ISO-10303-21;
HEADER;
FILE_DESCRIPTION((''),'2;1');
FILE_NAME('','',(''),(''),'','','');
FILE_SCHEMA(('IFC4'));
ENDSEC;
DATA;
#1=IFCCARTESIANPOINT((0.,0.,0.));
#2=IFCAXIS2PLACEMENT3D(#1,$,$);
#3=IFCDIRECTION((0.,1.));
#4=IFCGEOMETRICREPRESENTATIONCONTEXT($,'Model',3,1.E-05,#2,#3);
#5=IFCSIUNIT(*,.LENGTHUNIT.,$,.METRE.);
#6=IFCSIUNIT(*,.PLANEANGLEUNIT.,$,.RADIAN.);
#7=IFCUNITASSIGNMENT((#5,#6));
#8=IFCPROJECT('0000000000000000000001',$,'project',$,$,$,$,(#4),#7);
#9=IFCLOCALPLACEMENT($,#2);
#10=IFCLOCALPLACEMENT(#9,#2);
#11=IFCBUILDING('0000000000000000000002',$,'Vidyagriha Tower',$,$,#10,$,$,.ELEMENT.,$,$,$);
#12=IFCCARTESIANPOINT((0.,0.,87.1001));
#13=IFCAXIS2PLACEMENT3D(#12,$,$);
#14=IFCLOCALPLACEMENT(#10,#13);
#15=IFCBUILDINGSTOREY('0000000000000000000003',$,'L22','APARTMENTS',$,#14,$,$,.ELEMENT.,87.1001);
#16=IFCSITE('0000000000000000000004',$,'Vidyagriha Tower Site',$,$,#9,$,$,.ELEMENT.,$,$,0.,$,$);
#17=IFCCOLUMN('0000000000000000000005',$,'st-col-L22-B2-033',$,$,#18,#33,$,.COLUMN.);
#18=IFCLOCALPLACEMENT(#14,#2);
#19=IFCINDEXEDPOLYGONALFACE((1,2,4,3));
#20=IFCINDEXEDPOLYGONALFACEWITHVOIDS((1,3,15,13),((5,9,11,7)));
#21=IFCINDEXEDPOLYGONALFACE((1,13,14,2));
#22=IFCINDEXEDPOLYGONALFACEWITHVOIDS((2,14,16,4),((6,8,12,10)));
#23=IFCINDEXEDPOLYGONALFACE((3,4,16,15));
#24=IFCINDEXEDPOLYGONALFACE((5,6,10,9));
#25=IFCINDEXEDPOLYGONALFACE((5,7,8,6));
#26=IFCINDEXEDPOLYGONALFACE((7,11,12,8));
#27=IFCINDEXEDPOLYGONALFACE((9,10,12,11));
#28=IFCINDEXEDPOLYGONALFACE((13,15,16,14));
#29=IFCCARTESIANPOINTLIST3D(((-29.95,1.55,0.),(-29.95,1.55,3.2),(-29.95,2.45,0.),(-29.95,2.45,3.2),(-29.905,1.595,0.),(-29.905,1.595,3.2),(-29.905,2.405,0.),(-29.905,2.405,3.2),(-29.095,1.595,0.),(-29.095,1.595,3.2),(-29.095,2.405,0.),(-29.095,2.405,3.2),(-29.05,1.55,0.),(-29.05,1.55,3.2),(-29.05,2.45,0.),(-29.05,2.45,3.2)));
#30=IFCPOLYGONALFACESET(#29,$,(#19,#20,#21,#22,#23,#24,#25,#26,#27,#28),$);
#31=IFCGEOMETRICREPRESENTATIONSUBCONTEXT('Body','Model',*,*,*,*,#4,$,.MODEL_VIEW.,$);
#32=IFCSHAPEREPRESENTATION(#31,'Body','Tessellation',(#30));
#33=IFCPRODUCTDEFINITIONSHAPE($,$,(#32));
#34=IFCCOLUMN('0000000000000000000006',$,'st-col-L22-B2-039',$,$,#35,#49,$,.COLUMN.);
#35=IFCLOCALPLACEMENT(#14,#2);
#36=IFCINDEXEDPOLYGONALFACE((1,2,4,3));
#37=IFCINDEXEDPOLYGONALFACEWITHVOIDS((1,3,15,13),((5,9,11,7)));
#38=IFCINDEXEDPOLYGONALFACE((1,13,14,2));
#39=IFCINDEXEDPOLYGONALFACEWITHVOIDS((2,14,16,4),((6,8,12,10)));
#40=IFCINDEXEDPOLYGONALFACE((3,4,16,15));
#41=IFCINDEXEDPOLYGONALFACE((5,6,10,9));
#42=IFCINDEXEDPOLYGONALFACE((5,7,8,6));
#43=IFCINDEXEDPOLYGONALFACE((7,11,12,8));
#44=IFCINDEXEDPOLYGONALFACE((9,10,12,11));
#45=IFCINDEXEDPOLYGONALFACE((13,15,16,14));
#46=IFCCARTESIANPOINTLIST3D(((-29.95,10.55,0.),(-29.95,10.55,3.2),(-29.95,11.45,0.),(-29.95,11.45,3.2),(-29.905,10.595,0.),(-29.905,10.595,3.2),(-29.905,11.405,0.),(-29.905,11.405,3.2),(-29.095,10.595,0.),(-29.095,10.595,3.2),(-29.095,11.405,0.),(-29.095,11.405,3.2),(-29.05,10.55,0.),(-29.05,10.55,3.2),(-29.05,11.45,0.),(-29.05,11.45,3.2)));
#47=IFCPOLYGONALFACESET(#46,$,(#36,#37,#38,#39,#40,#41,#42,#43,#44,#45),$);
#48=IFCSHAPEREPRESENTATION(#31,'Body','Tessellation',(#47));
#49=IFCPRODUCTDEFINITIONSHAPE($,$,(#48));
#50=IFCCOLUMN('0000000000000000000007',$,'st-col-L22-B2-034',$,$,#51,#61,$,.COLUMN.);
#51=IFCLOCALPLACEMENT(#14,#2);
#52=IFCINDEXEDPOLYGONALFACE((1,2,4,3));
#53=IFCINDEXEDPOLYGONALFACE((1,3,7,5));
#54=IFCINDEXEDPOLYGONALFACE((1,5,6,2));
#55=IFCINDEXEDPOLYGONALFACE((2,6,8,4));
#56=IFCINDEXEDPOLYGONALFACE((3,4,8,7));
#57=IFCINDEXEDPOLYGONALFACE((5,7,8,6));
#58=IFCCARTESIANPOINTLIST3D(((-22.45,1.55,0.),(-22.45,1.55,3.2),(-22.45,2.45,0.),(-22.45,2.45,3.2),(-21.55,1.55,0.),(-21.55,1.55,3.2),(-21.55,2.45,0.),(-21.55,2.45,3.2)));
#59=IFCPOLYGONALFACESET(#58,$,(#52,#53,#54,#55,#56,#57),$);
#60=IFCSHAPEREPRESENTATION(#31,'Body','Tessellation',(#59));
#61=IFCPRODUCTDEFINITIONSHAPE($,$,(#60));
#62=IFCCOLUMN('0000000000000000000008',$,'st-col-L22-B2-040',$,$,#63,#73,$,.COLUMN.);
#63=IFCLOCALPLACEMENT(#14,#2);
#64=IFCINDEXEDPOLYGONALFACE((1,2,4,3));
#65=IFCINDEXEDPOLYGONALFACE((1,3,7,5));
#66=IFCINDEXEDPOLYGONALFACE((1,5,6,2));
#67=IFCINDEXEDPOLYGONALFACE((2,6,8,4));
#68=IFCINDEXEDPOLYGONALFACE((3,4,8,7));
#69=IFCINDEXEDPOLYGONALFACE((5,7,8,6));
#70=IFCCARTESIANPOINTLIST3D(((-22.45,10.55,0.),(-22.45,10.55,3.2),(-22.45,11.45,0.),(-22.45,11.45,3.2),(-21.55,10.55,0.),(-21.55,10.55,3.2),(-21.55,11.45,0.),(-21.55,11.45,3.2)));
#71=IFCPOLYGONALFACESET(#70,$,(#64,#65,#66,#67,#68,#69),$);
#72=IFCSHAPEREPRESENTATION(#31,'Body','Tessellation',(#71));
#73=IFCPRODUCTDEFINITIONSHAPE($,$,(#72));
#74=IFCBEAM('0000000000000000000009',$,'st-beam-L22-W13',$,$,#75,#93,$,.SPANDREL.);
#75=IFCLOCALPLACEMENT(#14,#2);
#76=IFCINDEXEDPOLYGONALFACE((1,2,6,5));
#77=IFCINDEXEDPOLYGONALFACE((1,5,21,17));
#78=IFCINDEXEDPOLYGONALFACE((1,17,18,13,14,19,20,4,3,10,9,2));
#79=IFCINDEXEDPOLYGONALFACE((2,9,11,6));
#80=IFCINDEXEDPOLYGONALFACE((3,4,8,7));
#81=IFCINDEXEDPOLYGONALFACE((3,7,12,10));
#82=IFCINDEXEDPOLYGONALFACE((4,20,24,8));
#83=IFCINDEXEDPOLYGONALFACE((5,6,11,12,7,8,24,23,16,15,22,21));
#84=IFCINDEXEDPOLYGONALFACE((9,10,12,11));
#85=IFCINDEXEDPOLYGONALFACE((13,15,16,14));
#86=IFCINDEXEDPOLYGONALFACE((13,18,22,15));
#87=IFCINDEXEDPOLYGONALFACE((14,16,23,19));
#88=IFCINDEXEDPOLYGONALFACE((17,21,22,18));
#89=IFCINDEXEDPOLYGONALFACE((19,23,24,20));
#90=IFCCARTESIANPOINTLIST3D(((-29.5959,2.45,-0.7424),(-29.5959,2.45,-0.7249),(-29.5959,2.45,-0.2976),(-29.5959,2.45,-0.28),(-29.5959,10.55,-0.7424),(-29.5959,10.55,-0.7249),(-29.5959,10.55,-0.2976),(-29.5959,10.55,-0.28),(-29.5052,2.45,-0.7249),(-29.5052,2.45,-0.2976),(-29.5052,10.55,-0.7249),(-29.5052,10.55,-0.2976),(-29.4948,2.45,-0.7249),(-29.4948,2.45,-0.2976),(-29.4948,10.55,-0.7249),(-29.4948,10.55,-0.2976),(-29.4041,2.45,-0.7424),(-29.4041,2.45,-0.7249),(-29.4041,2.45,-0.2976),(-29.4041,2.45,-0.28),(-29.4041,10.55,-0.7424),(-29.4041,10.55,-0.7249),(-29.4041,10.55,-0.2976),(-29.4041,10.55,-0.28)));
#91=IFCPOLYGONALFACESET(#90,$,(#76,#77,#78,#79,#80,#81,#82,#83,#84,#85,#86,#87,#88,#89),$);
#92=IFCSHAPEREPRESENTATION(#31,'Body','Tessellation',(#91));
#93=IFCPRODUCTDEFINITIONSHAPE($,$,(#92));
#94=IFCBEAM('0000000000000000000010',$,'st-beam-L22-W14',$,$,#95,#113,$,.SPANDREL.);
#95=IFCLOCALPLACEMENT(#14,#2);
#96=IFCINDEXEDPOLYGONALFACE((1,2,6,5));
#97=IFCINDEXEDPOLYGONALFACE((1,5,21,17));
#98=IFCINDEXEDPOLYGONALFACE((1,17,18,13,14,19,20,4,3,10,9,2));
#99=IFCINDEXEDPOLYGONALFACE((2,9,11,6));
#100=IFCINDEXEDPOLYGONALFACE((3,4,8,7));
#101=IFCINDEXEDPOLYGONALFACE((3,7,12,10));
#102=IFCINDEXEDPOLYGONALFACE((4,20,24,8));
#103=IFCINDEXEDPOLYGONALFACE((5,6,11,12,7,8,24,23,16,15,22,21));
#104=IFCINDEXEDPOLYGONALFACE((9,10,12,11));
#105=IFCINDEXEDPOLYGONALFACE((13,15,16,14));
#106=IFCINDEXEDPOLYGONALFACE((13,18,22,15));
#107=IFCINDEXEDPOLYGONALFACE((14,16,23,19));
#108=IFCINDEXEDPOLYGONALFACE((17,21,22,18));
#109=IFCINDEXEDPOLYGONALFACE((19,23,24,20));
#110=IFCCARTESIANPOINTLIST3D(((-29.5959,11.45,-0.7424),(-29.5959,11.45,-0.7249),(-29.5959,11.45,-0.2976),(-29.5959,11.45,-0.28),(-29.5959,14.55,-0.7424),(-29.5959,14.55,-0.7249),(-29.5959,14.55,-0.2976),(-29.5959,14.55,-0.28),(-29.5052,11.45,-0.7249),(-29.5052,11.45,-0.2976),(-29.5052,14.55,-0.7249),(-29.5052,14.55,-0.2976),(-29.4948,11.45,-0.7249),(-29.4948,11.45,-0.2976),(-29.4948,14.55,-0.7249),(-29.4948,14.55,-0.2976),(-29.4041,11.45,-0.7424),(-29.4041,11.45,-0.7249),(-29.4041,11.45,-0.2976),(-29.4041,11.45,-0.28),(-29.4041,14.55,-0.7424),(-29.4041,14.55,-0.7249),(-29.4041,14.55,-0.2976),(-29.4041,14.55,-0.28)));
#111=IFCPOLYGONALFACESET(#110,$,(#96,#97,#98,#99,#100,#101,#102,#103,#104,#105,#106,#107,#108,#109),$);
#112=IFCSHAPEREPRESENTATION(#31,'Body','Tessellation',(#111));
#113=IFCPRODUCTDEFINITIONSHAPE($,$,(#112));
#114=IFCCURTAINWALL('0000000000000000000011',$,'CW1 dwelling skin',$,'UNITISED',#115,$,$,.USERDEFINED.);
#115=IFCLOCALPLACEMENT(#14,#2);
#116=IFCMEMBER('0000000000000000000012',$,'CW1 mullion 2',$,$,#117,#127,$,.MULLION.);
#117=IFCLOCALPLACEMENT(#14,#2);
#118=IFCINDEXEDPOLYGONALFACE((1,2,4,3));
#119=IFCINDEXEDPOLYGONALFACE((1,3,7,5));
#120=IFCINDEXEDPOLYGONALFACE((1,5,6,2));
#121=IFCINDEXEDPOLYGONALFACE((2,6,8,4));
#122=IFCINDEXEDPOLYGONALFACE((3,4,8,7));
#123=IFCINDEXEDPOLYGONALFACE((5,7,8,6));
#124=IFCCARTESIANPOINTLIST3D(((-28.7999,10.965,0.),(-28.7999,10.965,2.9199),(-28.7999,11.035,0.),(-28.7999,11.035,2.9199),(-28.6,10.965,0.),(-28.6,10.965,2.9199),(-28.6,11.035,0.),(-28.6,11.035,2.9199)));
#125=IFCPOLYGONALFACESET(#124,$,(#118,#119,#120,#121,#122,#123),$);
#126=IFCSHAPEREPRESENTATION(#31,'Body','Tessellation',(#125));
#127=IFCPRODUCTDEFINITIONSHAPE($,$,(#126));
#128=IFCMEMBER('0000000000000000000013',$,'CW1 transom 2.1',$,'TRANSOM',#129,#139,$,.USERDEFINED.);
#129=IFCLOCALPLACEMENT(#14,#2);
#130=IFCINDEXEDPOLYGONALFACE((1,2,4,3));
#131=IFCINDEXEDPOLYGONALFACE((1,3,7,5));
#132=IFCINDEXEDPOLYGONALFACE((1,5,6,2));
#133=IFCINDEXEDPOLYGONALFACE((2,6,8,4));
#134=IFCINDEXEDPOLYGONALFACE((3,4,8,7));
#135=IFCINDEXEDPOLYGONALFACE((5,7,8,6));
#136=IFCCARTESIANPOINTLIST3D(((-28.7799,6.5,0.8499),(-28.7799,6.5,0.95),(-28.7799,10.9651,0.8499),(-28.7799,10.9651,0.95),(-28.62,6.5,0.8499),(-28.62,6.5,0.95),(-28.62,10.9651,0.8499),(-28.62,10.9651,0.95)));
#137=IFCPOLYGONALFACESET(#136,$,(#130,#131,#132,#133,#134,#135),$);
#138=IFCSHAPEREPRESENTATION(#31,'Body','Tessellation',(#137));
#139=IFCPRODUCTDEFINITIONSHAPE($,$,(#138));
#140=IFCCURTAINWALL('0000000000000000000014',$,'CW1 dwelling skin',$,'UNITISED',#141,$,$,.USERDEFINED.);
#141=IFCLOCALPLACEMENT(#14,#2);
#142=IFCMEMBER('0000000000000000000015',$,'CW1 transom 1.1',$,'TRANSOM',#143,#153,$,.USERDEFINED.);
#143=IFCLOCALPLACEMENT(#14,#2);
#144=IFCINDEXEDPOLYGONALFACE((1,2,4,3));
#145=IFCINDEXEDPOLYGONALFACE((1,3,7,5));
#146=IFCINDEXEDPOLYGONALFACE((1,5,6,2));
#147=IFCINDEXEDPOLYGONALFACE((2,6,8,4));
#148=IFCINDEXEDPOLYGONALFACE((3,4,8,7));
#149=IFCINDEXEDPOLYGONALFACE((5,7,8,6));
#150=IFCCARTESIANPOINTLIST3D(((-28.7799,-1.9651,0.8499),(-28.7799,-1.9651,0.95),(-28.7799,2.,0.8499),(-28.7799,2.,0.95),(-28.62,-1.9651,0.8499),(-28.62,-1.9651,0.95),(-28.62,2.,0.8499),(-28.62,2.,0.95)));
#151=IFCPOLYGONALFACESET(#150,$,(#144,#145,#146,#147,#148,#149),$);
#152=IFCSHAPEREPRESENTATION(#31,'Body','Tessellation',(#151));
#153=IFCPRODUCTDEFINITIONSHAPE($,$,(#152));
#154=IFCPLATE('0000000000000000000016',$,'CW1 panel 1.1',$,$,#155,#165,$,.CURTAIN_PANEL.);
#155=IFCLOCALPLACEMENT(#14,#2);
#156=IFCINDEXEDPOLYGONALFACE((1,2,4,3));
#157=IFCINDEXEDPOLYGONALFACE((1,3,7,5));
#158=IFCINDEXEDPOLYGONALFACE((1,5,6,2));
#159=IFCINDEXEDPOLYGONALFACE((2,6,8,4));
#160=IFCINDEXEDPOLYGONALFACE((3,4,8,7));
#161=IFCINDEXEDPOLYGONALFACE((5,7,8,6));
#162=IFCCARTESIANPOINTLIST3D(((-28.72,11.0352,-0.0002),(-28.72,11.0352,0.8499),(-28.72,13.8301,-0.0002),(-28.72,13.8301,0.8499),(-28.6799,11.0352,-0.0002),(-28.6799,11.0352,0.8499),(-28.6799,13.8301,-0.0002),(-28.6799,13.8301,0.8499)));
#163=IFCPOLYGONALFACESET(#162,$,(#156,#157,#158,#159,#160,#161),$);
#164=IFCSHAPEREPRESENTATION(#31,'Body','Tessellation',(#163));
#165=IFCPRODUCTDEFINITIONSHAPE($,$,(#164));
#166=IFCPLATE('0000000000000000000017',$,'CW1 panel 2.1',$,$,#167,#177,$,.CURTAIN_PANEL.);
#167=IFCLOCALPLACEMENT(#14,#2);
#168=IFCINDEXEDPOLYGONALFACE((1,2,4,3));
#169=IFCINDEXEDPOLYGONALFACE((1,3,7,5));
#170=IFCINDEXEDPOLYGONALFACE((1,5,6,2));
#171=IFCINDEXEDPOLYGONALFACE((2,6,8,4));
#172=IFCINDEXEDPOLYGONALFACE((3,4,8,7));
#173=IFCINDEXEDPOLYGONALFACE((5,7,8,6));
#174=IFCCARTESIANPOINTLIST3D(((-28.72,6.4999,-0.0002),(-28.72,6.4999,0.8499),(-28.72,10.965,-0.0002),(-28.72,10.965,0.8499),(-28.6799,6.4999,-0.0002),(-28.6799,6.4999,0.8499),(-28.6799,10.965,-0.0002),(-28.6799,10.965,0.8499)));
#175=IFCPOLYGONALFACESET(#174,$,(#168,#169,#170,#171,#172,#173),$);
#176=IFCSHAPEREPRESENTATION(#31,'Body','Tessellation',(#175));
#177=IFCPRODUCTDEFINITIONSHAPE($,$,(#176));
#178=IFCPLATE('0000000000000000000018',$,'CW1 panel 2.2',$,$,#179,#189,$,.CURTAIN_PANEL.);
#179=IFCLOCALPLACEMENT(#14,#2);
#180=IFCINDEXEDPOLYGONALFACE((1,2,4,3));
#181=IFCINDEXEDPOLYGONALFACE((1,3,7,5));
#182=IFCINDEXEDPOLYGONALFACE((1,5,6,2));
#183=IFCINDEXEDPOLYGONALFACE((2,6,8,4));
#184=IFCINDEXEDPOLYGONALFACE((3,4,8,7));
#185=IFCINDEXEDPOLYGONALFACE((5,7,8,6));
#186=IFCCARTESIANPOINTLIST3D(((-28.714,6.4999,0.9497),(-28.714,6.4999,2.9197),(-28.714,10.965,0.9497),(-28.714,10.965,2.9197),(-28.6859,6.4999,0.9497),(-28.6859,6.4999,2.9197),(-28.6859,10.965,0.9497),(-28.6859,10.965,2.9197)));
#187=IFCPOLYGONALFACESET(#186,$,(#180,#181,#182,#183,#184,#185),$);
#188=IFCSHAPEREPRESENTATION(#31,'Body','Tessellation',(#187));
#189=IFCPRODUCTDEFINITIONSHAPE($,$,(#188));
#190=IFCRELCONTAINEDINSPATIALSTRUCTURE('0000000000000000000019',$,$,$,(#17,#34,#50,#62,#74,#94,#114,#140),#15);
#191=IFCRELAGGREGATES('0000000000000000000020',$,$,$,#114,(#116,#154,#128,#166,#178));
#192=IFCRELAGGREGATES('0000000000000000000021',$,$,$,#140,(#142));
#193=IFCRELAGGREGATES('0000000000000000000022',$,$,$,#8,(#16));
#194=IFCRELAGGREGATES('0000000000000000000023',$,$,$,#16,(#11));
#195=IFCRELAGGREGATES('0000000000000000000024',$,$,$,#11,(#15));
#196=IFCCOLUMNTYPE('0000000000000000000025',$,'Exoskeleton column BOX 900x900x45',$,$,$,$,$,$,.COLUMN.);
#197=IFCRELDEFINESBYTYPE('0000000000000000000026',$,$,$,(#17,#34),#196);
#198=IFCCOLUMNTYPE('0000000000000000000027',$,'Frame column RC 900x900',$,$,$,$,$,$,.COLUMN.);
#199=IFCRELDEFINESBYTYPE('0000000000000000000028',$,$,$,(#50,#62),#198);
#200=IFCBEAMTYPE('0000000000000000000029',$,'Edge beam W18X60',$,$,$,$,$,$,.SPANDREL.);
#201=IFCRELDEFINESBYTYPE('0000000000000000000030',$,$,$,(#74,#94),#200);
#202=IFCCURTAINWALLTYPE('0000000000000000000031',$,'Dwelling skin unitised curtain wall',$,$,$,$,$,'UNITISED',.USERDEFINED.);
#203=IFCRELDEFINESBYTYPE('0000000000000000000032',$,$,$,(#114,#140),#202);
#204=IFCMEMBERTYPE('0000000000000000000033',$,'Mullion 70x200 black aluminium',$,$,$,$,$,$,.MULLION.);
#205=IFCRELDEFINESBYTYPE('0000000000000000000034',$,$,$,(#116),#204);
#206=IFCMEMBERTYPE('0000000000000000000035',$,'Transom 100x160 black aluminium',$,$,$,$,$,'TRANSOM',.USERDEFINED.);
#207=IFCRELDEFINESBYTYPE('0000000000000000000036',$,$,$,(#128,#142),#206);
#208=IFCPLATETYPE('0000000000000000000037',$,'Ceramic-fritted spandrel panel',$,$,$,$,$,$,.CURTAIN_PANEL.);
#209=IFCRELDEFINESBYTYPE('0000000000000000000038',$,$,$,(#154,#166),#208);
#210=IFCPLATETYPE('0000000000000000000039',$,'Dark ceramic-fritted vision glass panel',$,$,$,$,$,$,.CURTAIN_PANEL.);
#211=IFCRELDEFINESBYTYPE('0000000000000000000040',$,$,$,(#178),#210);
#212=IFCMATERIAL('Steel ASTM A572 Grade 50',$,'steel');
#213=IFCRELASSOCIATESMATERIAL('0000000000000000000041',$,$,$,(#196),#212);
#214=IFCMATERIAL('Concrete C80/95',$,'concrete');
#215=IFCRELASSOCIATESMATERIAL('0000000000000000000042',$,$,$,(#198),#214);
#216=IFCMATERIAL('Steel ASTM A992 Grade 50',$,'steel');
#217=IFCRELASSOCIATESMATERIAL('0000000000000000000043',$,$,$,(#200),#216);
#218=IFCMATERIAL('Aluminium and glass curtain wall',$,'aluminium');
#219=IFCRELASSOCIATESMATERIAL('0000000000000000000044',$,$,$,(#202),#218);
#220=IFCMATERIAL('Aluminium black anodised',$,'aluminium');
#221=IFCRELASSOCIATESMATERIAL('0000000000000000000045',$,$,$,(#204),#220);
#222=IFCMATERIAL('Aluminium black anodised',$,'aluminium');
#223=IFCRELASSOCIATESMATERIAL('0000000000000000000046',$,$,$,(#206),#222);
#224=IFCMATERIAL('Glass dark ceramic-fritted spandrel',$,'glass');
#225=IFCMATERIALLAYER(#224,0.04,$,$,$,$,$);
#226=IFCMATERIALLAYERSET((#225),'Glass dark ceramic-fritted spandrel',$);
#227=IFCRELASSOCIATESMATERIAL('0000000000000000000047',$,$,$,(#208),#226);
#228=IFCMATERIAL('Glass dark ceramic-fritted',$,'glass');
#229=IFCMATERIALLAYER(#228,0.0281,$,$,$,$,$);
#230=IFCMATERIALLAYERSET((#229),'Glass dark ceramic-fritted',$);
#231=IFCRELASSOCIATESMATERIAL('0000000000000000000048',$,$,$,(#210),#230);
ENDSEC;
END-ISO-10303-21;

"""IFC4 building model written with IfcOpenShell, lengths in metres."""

from ifc_helpers import new_model, si_unit, direction, frame, origin, origin_2d, place, context, subcontext, project, spatial, rectangle, hollow_rectangle, i_section, extrude, material, layer, layer_set, material_profile, profile_set, type_object, element, aggregate, save


model = new_model("IFC4")

# Units and contexts
model_context = context("Model", 3, precision=1e-05, world=origin(), true_north=direction((0.0, 1.0)))
body_context = subcontext(model_context, "Body", "Model", "MODEL_VIEW")
ifc_project = project(units=[si_unit("LENGTHUNIT", "METRE"), si_unit("PLANEANGLEUNIT", "RADIAN")], contexts=[model_context])

# Site, building, storey
site_placement = place(None, origin())
site = spatial("IfcSite", under=ifc_project, at=site_placement, Name="Vidyagriha Tower Site", CompositionType="ELEMENT", RefElevation=0.0)
building_placement = place(site_placement, origin())
building = spatial("IfcBuilding", under=site, at=building_placement, Name="Vidyagriha Tower", CompositionType="ELEMENT")
storey_placement = place(building_placement, frame((0.0, 0.0, 87.1001)))
storey = spatial("IfcBuildingStorey", under=building, at=storey_placement, Name="L22", Description="APARTMENTS", CompositionType="ELEMENT", Elevation=87.1001)

# Columns
ifc_material_1 = material(Name="Steel ASTM A572 Grade 50", Category="steel")
ifc_material_profile_1 = material_profile(ifc_material_1, hollow_rectangle(XDim=0.8999, YDim=0.8999, WallThickness=0.0449, at=origin_2d()), Name="BOX 900x900x45")
ifc_profile_set_1 = profile_set([ifc_material_profile_1], Name="Steel ASTM A572 Grade 50")
column_type_1 = type_object("IfcColumnType", Name="Exoskeleton column BOX 900x900x45", PredefinedType="COLUMN", material=ifc_profile_set_1)
for number, where, name in (
    (1, (-29.5, 2.0, 0.0), "st-col-L22-B2-033"),
    (2, (-29.5, 11.0, 0.0), "st-col-L22-B2-039"),
):
    element("IfcColumn", number, at=place(storey_placement, frame(where)), inside=storey, type_object=column_type_1, Name=name, PredefinedType="COLUMN", context=body_context, shape_type="SweptSolid", body=[
        extrude(hollow_rectangle(XDim=0.8999, YDim=0.8999, WallThickness=0.0449, at=origin_2d()), origin(), (0.0, 0.0, 1.0), 3.2),
    ])
ifc_material_2 = material(Name="Concrete C80/95", Category="concrete")
ifc_material_profile_2 = material_profile(ifc_material_2, rectangle(XDim=0.8999, YDim=0.8999, at=origin_2d()), Name="RC 900x900")
ifc_profile_set_2 = profile_set([ifc_material_profile_2], Name="Concrete C80/95")
column_type_2 = type_object("IfcColumnType", Name="Frame column RC 900x900", PredefinedType="COLUMN", material=ifc_profile_set_2)
for number, where, name in (
    (3, (-22.0, 2.0, 0.0), "st-col-L22-B2-034"),
    (4, (-22.0, 11.0, 0.0), "st-col-L22-B2-040"),
):
    element("IfcColumn", number, at=place(storey_placement, frame(where)), inside=storey, type_object=column_type_2, Name=name, PredefinedType="COLUMN", context=body_context, shape_type="SweptSolid", body=[
        extrude(rectangle(XDim=0.8999, YDim=0.8999, at=origin_2d()), origin(), (0.0, 0.0, 1.0), 3.2),
    ])

# Beams
ifc_material_3 = material(Name="Steel ASTM A992 Grade 50", Category="steel")
ifc_material_profile_3 = material_profile(ifc_material_3, i_section(OverallWidth=0.1919, OverallDepth=0.4624, WebThickness=0.0105, FlangeThickness=0.0176, at=origin_2d()), Name="W18X60")
ifc_profile_set_3 = profile_set([ifc_material_profile_3], Name="Steel ASTM A992 Grade 50")
beam_type = type_object("IfcBeamType", Name="Edge beam W18X60", PredefinedType="SPANDREL", material=ifc_profile_set_3)
beam_1_placement = place(storey_placement, frame((-29.5, 2.45, -0.5112), z_axis=(0.0, 1.0, 0.0), x_axis=(-1.0, 0.0, 0.0)))
element("IfcBeam", 5, at=beam_1_placement, inside=storey, type_object=beam_type, Name="st-beam-L22-W13", PredefinedType="SPANDREL", context=body_context, shape_type="SweptSolid", body=[
    extrude(i_section(OverallWidth=0.1919, OverallDepth=0.4624, WebThickness=0.0105, FlangeThickness=0.0176, at=origin_2d()), origin(), (0.0, 0.0, 1.0), 8.1001),
])
beam_2_placement = place(storey_placement, frame((-29.5, 11.45, -0.5112), z_axis=(0.0, 1.0, 0.0), x_axis=(-1.0, 0.0, 0.0)))
element("IfcBeam", 6, at=beam_2_placement, inside=storey, type_object=beam_type, Name="st-beam-L22-W14", PredefinedType="SPANDREL", context=body_context, shape_type="SweptSolid", body=[
    extrude(i_section(OverallWidth=0.1919, OverallDepth=0.4624, WebThickness=0.0105, FlangeThickness=0.0176, at=origin_2d()), origin(), (0.0, 0.0, 1.0), 3.1001),
])

# Curtain wall, members
ifc_material_4 = material(Name="Aluminium and glass curtain wall", Category="aluminium")
curtain_wall_type = type_object("IfcCurtainWallType", Name="Dwelling skin unitised curtain wall", ElementType="UNITISED", PredefinedType="USERDEFINED", material=ifc_material_4)
curtain_wall_1_placement = place(storey_placement, origin())
curtain_wall_1 = element("IfcCurtainWall", 7, at=curtain_wall_1_placement, inside=storey, type_object=curtain_wall_type, Name="CW1 dwelling skin", ObjectType="UNITISED", PredefinedType="USERDEFINED")
ifc_material_5 = material(Name="Aluminium black anodised", Category="aluminium")
ifc_material_profile_4 = material_profile(ifc_material_5, rectangle(XDim=0.2, YDim=0.0701, at=origin_2d()), Name="Mullion 70x200 black aluminium")
ifc_profile_set_4 = profile_set([ifc_material_profile_4], Name="Aluminium black anodised")
member_type_1 = type_object("IfcMemberType", Name="Mullion 70x200 black aluminium", PredefinedType="MULLION", material=ifc_profile_set_4)
member_1_placement = place(storey_placement, frame((-28.7, 11.0, 0.0)))
member_1 = element("IfcMember", 8, at=member_1_placement, type_object=member_type_1, Name="CW1 mullion 2", PredefinedType="MULLION", context=body_context, shape_type="SweptSolid", body=[
    extrude(rectangle(XDim=0.2, YDim=0.0701, at=origin_2d()), origin(), (0.0, 0.0, 1.0), 2.9199),
])
ifc_material_6 = material(Name="Aluminium black anodised", Category="aluminium")
ifc_material_profile_5 = material_profile(ifc_material_6, rectangle(XDim=0.1599, YDim=0.1001, at=origin_2d()), Name="Transom 100x160 black aluminium")
ifc_profile_set_5 = profile_set([ifc_material_profile_5], Name="Aluminium black anodised")
member_type_2 = type_object("IfcMemberType", Name="Transom 100x160 black aluminium", ElementType="TRANSOM", PredefinedType="USERDEFINED", material=ifc_profile_set_5)
member_2_placement = place(storey_placement, frame((-28.7, 10.9651, 0.8999), z_axis=(0.0, -1.0, 0.0), x_axis=(1.0, 0.0, 0.0)))
member_2 = element("IfcMember", 9, at=member_2_placement, type_object=member_type_2, Name="CW1 transom 2.1", ObjectType="TRANSOM", PredefinedType="USERDEFINED", context=body_context, shape_type="SweptSolid", body=[
    extrude(rectangle(XDim=0.1599, YDim=0.1001, at=origin_2d()), origin(), (0.0, 0.0, 1.0), 4.4651),
])

# Curtain wall, member
curtain_wall_2_placement = place(storey_placement, origin())
curtain_wall_2 = element("IfcCurtainWall", 10, at=curtain_wall_2_placement, inside=storey, type_object=curtain_wall_type, Name="CW1 dwelling skin", ObjectType="UNITISED", PredefinedType="USERDEFINED")
member_3_placement = place(storey_placement, frame((-28.7, 2.0, 0.8999), z_axis=(0.0, -1.0, 0.0), x_axis=(1.0, 0.0, 0.0)))
member_3 = element("IfcMember", 11, at=member_3_placement, type_object=member_type_2, Name="CW1 transom 1.1", ObjectType="TRANSOM", PredefinedType="USERDEFINED", context=body_context, shape_type="SweptSolid", body=[
    extrude(rectangle(XDim=0.1599, YDim=0.1001, at=origin_2d()), origin(), (0.0, 0.0, 1.0), 3.9651),
])

# Plates
ifc_material_7 = material(Name="Glass dark ceramic-fritted spandrel", Category="glass")
ifc_layer_1 = layer(ifc_material_7, 0.04)
ifc_layer_set_1 = layer_set([ifc_layer_1], Name="Glass dark ceramic-fritted spandrel")
plate_type_1 = type_object("IfcPlateType", Name="Ceramic-fritted spandrel panel", PredefinedType="CURTAIN_PANEL", material=ifc_layer_set_1)
plate_1_placement = place(storey_placement, frame((-28.7, 12.4326, -0.0002), z_axis=(0.0, 0.0, 1.0), x_axis=(0.0, -1.0, 0.0)))
plate_1 = element("IfcPlate", 12, at=plate_1_placement, type_object=plate_type_1, Name="CW1 panel 1.1", PredefinedType="CURTAIN_PANEL", context=body_context, shape_type="SweptSolid", body=[
    extrude(rectangle(XDim=2.7949, YDim=0.04, at=origin_2d()), origin(), (0.0, 0.0, 1.0), 0.8501),
])
plate_2_placement = place(storey_placement, frame((-28.7, 8.7324, -0.0002), z_axis=(0.0, 0.0, 1.0), x_axis=(0.0, -1.0, 0.0)))
plate_2 = element("IfcPlate", 13, at=plate_2_placement, type_object=plate_type_1, Name="CW1 panel 2.1", PredefinedType="CURTAIN_PANEL", context=body_context, shape_type="SweptSolid", body=[
    extrude(rectangle(XDim=4.4651, YDim=0.04, at=origin_2d()), origin(), (0.0, 0.0, 1.0), 0.8501),
])
ifc_material_8 = material(Name="Glass dark ceramic-fritted", Category="glass")
ifc_layer_2 = layer(ifc_material_8, 0.0281)
ifc_layer_set_2 = layer_set([ifc_layer_2], Name="Glass dark ceramic-fritted")
plate_type_2 = type_object("IfcPlateType", Name="Dark ceramic-fritted vision glass panel", PredefinedType="CURTAIN_PANEL", material=ifc_layer_set_2)
plate_3_placement = place(storey_placement, frame((-28.7, 8.7324, 0.9497), z_axis=(0.0, 0.0, 1.0), x_axis=(0.0, -1.0, 0.0)))
plate_3 = element("IfcPlate", 14, at=plate_3_placement, type_object=plate_type_2, Name="CW1 panel 2.2", PredefinedType="CURTAIN_PANEL", context=body_context, shape_type="SweptSolid", body=[
    extrude(rectangle(XDim=4.4651, YDim=0.0281, at=origin_2d()), origin(), (0.0, 0.0, 1.0), 1.97),
])
aggregate(curtain_wall_1, [member_1, plate_1, member_2, plate_2, plate_3])
aggregate(curtain_wall_2, [member_3])

save(model, "model.ifc")
